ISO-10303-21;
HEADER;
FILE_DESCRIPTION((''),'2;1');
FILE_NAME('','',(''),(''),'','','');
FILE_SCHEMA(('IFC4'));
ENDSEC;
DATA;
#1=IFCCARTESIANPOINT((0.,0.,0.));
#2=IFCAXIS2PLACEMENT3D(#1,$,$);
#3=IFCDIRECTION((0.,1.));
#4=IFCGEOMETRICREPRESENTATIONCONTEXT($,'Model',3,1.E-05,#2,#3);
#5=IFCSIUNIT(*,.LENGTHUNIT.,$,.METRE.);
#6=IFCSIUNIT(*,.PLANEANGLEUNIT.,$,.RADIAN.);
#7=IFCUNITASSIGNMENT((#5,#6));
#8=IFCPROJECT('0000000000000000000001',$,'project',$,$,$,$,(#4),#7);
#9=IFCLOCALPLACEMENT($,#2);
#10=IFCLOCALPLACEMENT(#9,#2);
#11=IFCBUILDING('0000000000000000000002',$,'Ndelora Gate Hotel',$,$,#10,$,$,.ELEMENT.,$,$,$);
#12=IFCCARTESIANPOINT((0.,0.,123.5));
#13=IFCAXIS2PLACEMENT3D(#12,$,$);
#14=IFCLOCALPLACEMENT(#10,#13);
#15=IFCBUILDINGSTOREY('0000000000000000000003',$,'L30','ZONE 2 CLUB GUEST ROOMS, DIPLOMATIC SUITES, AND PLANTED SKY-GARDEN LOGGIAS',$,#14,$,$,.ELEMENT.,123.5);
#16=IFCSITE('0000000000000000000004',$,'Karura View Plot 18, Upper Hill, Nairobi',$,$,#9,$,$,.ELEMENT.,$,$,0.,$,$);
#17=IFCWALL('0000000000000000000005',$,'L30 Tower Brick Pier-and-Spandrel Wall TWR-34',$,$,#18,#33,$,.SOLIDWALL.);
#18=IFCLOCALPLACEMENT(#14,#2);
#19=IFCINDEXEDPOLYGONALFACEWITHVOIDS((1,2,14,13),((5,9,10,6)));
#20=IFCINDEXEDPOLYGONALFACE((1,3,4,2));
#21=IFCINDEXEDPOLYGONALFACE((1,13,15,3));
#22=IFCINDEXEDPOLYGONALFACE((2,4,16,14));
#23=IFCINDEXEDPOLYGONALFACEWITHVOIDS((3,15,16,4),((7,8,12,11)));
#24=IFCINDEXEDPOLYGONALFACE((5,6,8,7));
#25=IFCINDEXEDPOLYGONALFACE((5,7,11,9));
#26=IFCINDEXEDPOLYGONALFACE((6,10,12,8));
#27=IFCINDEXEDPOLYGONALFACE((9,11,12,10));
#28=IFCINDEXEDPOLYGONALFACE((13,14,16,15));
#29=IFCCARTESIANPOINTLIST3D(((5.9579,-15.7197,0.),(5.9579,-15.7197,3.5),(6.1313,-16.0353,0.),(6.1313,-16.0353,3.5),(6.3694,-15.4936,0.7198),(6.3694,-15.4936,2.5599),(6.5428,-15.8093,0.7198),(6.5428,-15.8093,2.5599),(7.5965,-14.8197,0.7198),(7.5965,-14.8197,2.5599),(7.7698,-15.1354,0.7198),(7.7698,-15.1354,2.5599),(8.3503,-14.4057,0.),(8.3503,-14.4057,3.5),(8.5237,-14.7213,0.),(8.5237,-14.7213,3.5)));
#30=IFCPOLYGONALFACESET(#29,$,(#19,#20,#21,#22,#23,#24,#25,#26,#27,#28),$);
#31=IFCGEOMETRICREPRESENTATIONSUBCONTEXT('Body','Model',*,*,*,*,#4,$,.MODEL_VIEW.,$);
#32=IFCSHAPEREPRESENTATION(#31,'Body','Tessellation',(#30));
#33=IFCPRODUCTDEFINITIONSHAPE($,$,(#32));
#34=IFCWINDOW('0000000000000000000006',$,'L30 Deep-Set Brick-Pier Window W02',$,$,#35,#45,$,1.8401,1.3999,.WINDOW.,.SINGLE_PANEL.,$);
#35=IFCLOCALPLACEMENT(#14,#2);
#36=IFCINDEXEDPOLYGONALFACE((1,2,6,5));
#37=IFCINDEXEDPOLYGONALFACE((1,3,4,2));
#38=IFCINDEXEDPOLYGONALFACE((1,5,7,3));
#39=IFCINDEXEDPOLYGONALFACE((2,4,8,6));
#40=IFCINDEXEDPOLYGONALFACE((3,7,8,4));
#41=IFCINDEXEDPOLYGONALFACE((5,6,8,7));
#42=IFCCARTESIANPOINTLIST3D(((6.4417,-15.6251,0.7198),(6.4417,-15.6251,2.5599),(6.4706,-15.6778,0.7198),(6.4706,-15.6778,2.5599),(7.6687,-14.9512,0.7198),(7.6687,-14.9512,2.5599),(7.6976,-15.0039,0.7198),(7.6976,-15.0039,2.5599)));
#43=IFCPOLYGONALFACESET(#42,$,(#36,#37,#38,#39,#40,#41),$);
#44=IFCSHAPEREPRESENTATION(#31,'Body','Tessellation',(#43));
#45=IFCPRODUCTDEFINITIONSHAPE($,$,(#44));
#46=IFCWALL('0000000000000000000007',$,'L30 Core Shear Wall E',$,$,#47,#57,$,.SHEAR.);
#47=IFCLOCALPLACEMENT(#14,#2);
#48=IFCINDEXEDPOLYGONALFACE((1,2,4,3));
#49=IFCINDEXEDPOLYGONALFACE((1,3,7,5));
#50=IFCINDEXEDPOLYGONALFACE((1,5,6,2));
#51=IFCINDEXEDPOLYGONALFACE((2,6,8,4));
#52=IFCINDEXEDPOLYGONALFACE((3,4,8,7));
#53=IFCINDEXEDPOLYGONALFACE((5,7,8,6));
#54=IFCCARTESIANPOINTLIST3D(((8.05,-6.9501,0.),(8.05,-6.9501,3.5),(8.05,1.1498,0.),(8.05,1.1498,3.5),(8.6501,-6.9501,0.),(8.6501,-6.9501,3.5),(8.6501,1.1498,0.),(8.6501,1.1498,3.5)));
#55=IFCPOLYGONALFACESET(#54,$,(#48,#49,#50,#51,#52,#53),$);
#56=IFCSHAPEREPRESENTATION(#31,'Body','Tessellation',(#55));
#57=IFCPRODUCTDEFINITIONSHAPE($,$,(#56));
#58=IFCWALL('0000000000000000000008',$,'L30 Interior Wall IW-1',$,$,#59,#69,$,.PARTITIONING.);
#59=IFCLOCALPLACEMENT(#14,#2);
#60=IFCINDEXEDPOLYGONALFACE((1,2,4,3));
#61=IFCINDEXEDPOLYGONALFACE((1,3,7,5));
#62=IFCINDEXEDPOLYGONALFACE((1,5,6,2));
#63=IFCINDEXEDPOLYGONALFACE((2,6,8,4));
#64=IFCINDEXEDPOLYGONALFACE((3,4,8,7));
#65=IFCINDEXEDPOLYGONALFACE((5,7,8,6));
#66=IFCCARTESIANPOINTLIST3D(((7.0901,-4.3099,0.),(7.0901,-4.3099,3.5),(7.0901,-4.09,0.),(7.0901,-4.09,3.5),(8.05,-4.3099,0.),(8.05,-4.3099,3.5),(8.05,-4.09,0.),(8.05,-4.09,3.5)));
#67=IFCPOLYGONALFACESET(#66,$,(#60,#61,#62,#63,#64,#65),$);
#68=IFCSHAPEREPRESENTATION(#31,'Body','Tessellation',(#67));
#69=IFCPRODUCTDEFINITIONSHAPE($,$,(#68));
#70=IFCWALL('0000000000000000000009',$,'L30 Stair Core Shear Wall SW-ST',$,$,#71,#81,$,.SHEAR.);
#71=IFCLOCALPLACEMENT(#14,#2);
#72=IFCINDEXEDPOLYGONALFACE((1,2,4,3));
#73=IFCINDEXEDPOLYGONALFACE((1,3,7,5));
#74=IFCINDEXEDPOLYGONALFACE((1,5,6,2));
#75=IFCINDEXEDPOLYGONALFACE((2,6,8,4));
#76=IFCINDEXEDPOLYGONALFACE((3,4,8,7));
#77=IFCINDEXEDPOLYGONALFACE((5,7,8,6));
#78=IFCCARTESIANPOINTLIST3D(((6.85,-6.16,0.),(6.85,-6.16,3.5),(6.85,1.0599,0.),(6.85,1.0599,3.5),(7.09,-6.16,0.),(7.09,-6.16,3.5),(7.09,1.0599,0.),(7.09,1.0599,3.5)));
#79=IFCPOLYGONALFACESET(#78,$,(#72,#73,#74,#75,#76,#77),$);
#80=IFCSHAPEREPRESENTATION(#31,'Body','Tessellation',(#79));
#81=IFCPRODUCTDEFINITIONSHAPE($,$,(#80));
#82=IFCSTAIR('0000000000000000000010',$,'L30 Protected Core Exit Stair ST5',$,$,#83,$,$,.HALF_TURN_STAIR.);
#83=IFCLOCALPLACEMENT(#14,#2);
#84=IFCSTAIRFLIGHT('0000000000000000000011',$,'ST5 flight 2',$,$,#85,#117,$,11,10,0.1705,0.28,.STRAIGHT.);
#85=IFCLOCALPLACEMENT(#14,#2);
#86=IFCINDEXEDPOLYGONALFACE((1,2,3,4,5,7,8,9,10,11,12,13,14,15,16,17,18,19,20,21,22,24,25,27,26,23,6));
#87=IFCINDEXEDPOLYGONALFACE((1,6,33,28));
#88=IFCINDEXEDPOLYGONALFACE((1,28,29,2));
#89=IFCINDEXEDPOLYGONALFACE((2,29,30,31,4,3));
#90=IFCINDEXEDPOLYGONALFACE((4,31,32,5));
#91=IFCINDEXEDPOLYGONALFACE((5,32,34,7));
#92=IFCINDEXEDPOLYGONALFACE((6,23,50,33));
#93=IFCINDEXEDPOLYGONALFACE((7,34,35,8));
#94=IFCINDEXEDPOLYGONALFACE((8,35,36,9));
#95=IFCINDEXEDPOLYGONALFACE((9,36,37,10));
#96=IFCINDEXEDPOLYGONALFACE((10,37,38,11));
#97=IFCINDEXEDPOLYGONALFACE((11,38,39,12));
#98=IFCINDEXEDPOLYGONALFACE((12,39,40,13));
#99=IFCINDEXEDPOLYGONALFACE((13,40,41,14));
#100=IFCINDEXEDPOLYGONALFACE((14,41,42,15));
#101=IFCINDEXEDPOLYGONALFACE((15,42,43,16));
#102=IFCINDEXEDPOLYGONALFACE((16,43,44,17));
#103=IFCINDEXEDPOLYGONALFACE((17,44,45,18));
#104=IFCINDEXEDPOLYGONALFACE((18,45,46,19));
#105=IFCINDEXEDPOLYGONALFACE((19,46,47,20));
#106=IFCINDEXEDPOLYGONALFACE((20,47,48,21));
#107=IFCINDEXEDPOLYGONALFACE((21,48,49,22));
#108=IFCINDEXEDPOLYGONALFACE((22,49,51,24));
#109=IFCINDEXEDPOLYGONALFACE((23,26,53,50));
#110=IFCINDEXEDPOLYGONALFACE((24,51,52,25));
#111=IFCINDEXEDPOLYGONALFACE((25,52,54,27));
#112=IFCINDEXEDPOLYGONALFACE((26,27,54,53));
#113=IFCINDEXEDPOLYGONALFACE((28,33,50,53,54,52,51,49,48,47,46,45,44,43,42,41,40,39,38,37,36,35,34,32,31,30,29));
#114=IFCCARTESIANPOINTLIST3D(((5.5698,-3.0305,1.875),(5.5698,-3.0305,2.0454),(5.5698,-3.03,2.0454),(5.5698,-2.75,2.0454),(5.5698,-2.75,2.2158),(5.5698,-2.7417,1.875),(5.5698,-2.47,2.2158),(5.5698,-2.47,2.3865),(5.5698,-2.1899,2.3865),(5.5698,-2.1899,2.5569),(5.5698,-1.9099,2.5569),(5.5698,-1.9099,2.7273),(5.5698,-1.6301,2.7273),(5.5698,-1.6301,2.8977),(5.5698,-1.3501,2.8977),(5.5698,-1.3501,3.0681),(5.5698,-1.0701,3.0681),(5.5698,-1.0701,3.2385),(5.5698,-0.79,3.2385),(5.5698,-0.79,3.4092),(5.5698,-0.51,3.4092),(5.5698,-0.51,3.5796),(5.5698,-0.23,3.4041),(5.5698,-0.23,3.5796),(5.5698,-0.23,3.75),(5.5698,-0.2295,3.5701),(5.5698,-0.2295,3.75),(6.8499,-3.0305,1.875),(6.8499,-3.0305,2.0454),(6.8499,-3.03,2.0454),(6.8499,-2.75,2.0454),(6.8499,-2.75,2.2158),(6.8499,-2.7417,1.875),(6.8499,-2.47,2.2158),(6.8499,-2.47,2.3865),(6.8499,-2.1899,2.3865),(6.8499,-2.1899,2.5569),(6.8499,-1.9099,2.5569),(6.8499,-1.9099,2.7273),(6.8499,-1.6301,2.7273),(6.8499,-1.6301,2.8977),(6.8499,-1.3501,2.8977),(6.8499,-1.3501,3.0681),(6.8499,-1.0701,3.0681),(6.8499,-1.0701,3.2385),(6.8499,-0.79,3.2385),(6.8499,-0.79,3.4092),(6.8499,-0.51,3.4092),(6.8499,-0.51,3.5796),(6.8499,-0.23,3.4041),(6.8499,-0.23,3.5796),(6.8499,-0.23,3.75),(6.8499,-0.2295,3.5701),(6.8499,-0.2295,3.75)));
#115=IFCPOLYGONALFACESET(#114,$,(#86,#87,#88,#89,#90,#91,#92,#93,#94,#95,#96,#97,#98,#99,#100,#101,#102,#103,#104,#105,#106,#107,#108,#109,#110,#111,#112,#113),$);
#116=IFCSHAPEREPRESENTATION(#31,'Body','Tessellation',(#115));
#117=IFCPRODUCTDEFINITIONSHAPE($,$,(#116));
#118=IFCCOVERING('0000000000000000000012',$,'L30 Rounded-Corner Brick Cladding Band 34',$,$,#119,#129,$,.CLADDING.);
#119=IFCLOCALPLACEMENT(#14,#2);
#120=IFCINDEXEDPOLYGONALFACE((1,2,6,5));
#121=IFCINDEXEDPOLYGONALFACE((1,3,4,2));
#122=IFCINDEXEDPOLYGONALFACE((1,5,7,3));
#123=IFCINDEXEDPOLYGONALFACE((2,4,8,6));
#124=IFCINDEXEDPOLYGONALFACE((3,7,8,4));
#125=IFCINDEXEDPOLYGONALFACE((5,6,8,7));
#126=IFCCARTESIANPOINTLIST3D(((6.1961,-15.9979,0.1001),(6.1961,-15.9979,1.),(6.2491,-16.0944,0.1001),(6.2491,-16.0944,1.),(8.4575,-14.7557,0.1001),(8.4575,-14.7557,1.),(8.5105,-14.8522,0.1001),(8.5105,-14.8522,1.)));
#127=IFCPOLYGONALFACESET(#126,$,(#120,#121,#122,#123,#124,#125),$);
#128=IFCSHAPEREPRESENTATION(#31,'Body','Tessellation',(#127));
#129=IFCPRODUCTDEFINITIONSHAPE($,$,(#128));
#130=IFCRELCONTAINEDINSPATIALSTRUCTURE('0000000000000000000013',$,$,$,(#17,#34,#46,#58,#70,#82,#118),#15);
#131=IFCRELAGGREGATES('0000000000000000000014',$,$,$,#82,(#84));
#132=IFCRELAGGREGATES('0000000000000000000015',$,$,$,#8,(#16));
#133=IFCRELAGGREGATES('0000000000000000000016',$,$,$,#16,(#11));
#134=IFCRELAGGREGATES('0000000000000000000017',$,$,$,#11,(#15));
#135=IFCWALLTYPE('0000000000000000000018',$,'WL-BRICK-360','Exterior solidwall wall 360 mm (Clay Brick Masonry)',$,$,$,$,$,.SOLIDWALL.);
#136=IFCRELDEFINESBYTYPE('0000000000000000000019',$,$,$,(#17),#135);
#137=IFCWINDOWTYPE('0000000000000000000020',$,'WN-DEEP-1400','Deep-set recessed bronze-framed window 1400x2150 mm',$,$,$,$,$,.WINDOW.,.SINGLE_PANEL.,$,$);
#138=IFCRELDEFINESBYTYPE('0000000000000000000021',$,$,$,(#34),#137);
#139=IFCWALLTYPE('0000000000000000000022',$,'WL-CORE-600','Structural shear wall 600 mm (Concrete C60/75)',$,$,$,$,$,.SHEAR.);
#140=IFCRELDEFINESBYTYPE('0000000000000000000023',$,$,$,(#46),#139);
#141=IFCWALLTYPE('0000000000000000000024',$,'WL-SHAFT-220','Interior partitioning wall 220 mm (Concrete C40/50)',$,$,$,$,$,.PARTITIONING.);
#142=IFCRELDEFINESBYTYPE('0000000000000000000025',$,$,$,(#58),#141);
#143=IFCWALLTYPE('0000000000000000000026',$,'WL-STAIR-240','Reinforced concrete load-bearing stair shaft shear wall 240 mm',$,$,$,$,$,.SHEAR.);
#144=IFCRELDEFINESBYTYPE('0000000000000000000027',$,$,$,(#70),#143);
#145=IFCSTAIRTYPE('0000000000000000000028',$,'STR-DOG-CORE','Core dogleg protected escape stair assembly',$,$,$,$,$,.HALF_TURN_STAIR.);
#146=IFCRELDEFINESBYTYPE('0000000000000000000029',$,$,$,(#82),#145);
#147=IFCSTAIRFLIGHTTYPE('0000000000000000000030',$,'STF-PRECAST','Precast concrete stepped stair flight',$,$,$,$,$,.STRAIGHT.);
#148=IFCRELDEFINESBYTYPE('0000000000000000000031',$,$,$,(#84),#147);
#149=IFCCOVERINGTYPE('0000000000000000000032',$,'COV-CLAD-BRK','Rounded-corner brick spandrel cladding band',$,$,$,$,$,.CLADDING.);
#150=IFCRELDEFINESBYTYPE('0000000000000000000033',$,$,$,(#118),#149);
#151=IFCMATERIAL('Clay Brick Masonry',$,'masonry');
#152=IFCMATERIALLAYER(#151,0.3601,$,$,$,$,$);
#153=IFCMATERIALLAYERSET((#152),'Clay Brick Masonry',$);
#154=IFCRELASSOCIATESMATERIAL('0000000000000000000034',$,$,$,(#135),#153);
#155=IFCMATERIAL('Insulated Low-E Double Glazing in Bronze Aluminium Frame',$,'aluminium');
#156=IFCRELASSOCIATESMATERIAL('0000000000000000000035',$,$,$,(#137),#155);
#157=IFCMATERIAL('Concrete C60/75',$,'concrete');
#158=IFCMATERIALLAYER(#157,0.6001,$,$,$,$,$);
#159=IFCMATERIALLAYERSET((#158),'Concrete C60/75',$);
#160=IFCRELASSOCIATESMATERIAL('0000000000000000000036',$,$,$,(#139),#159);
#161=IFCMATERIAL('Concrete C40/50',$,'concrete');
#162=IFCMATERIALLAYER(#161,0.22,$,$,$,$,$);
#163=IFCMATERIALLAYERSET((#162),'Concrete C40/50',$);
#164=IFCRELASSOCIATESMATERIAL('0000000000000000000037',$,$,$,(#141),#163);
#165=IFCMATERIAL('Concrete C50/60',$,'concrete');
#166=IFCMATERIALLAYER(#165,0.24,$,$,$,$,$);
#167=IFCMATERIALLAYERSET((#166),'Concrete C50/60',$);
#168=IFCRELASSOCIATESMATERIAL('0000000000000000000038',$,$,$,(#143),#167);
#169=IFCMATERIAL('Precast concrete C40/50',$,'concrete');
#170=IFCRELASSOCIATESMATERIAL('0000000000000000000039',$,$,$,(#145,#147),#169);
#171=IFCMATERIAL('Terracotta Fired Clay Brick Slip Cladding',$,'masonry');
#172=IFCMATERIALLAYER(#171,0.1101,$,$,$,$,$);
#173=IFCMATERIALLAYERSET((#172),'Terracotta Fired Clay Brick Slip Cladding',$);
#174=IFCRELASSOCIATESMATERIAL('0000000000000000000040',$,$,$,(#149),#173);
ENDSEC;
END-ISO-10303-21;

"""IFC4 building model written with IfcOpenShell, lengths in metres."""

from ifc_helpers import new_model, si_unit, direction, frame, frame_2d, origin, origin_2d, place, context, subcontext, project, spatial, polyline, rectangle, outline, extrude, material, layer, layer_set, type_object, element, fill, aggregate, save


model = new_model("IFC4")

# Units and contexts
model_context = context("Model", 3, precision=1e-05, world=origin(), true_north=direction((0.0, 1.0)))
body_context = subcontext(model_context, "Body", "Model", "MODEL_VIEW")
ifc_project = project(units=[si_unit("LENGTHUNIT", "METRE"), si_unit("PLANEANGLEUNIT", "RADIAN")], contexts=[model_context])

# Site, building, storey
site_placement = place(None, origin())
site = spatial("IfcSite", under=ifc_project, at=site_placement, Name="Karura View Plot 18, Upper Hill, Nairobi", CompositionType="ELEMENT", RefElevation=0.0)
building_placement = place(site_placement, origin())
building = spatial("IfcBuilding", under=site, at=building_placement, Name="Ndelora Gate Hotel", CompositionType="ELEMENT")
storey_placement = place(building_placement, frame((0.0, 0.0, 123.5)))
storey = spatial("IfcBuildingStorey", under=building, at=storey_placement, Name="L30", Description="ZONE 2 CLUB GUEST ROOMS, DIPLOMATIC SUITES, AND PLANTED SKY-GARDEN LOGGIAS", CompositionType="ELEMENT", Elevation=123.5)

# Shared definitions
ifc_material_1 = material(Name="Concrete C60/75", Category="concrete")

# Wall, opening, window
ifc_material_2 = material(Name="Clay Brick Masonry", Category="masonry")
ifc_layer_1 = layer(ifc_material_2, 0.3601)
ifc_layer_set_1 = layer_set([ifc_layer_1], Name="Clay Brick Masonry")
wall_type_1 = type_object("IfcWallType", Name="WL-BRICK-360", Description="Exterior solidwall wall 360 mm (Clay Brick Masonry)", PredefinedType="SOLIDWALL", material=ifc_layer_set_1)
wall_1_placement = place(storey_placement, frame((8.437, -14.5635, 0.0), z_axis=(0.0, 0.0, 1.0), x_axis=(-0.876497, -0.481407, 0.0)))
wall_1 = element("IfcWall", 1, at=wall_1_placement, inside=storey, type_object=wall_type_1, Name="L30 Tower Brick Pier-and-Spandrel Wall TWR-34", PredefinedType="SOLIDWALL", context=body_context, shape_type="SweptSolid", body=[
    extrude(rectangle(XDim=2.7295, YDim=0.3601, at=frame_2d((1.3647, 0.0))), origin(), (0.0, 0.0, 1.0), 3.5),
])
opening_placement = place(wall_1_placement, frame((0.8601, 0.0, 0.72)))
opening = element("IfcOpeningElement", 2, at=opening_placement, cuts=wall_1, PredefinedType="OPENING", context=body_context, shape_type="SweptSolid", body=[
    extrude(rectangle(XDim=1.3999, YDim=1.8401, at=frame_2d((0.7, 0.9199))), frame((0.0, 0.1899, 0.0), z_axis=(0.0, -1.0, 0.0), x_axis=(1.0, 0.0, 0.0)), (0.0, 0.0, 1.0), 0.3801),
])
ifc_material_3 = material(Name="Insulated Low-E Double Glazing in Bronze Aluminium Frame", Category="aluminium")
window_type = type_object("IfcWindowType", Name="WN-DEEP-1400", Description="Deep-set recessed bronze-framed window 1400x2150 mm", PartitioningType="SINGLE_PANEL", PredefinedType="WINDOW", material=ifc_material_3)
window_placement = place(opening_placement, origin())
window = element("IfcWindow", 3, at=window_placement, inside=storey, type_object=window_type, Name="L30 Deep-Set Brick-Pier Window W02", OverallHeight=1.8401, OverallWidth=1.3999, PartitioningType="SINGLE_PANEL", PredefinedType="WINDOW", context=body_context, shape_type="SweptSolid", body=[
    extrude(rectangle(XDim=1.3999, YDim=1.8401, at=frame_2d((0.7, 0.9199))), frame((0.0, 0.03, 0.0), z_axis=(0.0, -1.0, 0.0), x_axis=(1.0, 0.0, 0.0)), (0.0, 0.0, 1.0), 0.0601),
])
fill(opening, window)

# Walls
ifc_layer_2 = layer(ifc_material_1, 0.6001)
ifc_layer_set_2 = layer_set([ifc_layer_2], Name="Concrete C60/75")
wall_type_2 = type_object("IfcWallType", Name="WL-CORE-600", Description="Structural shear wall 600 mm (Concrete C60/75)", PredefinedType="SHEAR", material=ifc_layer_set_2)
wall_2_placement = place(storey_placement, frame((8.3501, -6.95, 0.0), z_axis=(0.0, 0.0, 1.0), x_axis=(0.0, 1.0, 0.0)))
element("IfcWall", 4, at=wall_2_placement, inside=storey, type_object=wall_type_2, Name="L30 Core Shear Wall E", PredefinedType="SHEAR", context=body_context, shape_type="SweptSolid", body=[
    extrude(rectangle(XDim=8.0999, YDim=0.6001, at=frame_2d((4.0498, 0.0))), origin(), (0.0, 0.0, 1.0), 3.5),
])
ifc_material_4 = material(Name="Concrete C40/50", Category="concrete")
ifc_layer_3 = layer(ifc_material_4, 0.22)
ifc_layer_set_3 = layer_set([ifc_layer_3], Name="Concrete C40/50")
wall_type_3 = type_object("IfcWallType", Name="WL-SHAFT-220", Description="Interior partitioning wall 220 mm (Concrete C40/50)", PredefinedType="PARTITIONING", material=ifc_layer_set_3)
wall_3_placement = place(storey_placement, frame((7.0901, -4.2, 0.0), z_axis=(0.0, 0.0, 1.0), x_axis=(1.0, 0.0, 0.0)))
element("IfcWall", 5, at=wall_3_placement, inside=storey, type_object=wall_type_3, Name="L30 Interior Wall IW-1", PredefinedType="PARTITIONING", context=body_context, shape_type="SweptSolid", body=[
    extrude(rectangle(XDim=0.96, YDim=0.22, at=frame_2d((0.48, 0.0))), origin(), (0.0, 0.0, 1.0), 3.5),
])
ifc_material_5 = material(Name="Concrete C50/60", Category="concrete")
ifc_layer_4 = layer(ifc_material_5, 0.24)
ifc_layer_set_4 = layer_set([ifc_layer_4], Name="Concrete C50/60")
wall_type_4 = type_object("IfcWallType", Name="WL-STAIR-240", Description="Reinforced concrete load-bearing stair shaft shear wall 240 mm", PredefinedType="SHEAR", material=ifc_layer_set_4)
wall_4_placement = place(storey_placement, frame((6.97, -6.1599, 0.0), z_axis=(0.0, 0.0, 1.0), x_axis=(0.0, 1.0, 0.0)))
element("IfcWall", 6, at=wall_4_placement, inside=storey, type_object=wall_type_4, Name="L30 Stair Core Shear Wall SW-ST", PredefinedType="SHEAR", context=body_context, shape_type="SweptSolid", body=[
    extrude(rectangle(XDim=7.22, YDim=0.24, at=frame_2d((3.6099, 0.0))), origin(), (0.0, 0.0, 1.0), 3.5),
])

# Stair, stair flight
ifc_material_6 = material(Name="Precast concrete C40/50", Category="concrete")
stair_type = type_object("IfcStairType", Name="STR-DOG-CORE", Description="Core dogleg protected escape stair assembly", PredefinedType="HALF_TURN_STAIR", material=ifc_material_6)
stair_placement = place(storey_placement, origin())
stair = element("IfcStair", 7, at=stair_placement, inside=storey, type_object=stair_type, Name="L30 Protected Core Exit Stair ST5", PredefinedType="HALF_TURN_STAIR")
stair_flight_type = type_object("IfcStairFlightType", Name="STF-PRECAST", Description="Precast concrete stepped stair flight", PredefinedType="STRAIGHT", material=ifc_material_6)
stair_flight_placement = place(storey_placement, frame((6.21, -3.03, 1.875), z_axis=(0.0, 0.0, 1.0), x_axis=(0.0, 1.0, 0.0)))
stair_flight = element("IfcStairFlight", 8, at=stair_flight_placement, type_object=stair_flight_type, Name="ST5 flight 2", NumberOfRisers=11, NumberOfTreads=10, PredefinedType="STRAIGHT", RiserHeight=0.1705, TreadLength=0.28, context=body_context, shape_type="SweptSolid", body=[
    extrude(outline(polyline([(-0.0005, 0.0), (-0.0005, 0.1704), (0.0, 0.1704), (0.28, 0.1704), (0.28, 0.3408), (0.5601, 0.3408), (0.5601, 0.5115), (0.8401, 0.5115), (0.8401, 0.6819), (1.1201, 0.6819), (1.1201, 0.8523), (1.3999, 0.8523), (1.3999, 1.0227), (1.6799, 1.0227), (1.6799, 1.1931), (1.96, 1.1931), (1.96, 1.3635), (2.24, 1.3635), (2.24, 1.5342), (2.52, 1.5342), (2.52, 1.7046), (2.8, 1.7046), (2.8, 1.875), (2.8005, 1.875), (2.8005, 1.6951), (2.8, 1.5291), (0.2883, 0.0), (-0.0005, 0.0)])), frame((0.0, 0.6401, 0.0), z_axis=(0.0, -1.0, 0.0), x_axis=(1.0, 0.0, 0.0)), (0.0, 0.0, 1.0), 1.28),
])
aggregate(stair, [stair_flight])

# Covering
ifc_material_7 = material(Name="Terracotta Fired Clay Brick Slip Cladding", Category="masonry")
ifc_layer_5 = layer(ifc_material_7, 0.1101)
ifc_layer_set_5 = layer_set([ifc_layer_5], Name="Terracotta Fired Clay Brick Slip Cladding")
covering_type = type_object("IfcCoveringType", Name="COV-CLAD-BRK", Description="Rounded-corner brick spandrel cladding band", PredefinedType="CLADDING", material=ifc_layer_set_5)
covering_placement = place(storey_placement, frame((7.3533, -15.425, 0.1001), z_axis=(0.0, 0.0, 1.0), x_axis=(0.876475, 0.481448, 0.0)))
element("IfcCovering", 9, at=covering_placement, inside=storey, type_object=covering_type, Name="L30 Rounded-Corner Brick Cladding Band 34", PredefinedType="CLADDING", context=body_context, shape_type="SweptSolid", body=[
    extrude(rectangle(XDim=2.5801, YDim=0.1101, at=origin_2d()), origin(), (0.0, 0.0, 1.0), 0.8999),
])

save(model, "model.ifc")
